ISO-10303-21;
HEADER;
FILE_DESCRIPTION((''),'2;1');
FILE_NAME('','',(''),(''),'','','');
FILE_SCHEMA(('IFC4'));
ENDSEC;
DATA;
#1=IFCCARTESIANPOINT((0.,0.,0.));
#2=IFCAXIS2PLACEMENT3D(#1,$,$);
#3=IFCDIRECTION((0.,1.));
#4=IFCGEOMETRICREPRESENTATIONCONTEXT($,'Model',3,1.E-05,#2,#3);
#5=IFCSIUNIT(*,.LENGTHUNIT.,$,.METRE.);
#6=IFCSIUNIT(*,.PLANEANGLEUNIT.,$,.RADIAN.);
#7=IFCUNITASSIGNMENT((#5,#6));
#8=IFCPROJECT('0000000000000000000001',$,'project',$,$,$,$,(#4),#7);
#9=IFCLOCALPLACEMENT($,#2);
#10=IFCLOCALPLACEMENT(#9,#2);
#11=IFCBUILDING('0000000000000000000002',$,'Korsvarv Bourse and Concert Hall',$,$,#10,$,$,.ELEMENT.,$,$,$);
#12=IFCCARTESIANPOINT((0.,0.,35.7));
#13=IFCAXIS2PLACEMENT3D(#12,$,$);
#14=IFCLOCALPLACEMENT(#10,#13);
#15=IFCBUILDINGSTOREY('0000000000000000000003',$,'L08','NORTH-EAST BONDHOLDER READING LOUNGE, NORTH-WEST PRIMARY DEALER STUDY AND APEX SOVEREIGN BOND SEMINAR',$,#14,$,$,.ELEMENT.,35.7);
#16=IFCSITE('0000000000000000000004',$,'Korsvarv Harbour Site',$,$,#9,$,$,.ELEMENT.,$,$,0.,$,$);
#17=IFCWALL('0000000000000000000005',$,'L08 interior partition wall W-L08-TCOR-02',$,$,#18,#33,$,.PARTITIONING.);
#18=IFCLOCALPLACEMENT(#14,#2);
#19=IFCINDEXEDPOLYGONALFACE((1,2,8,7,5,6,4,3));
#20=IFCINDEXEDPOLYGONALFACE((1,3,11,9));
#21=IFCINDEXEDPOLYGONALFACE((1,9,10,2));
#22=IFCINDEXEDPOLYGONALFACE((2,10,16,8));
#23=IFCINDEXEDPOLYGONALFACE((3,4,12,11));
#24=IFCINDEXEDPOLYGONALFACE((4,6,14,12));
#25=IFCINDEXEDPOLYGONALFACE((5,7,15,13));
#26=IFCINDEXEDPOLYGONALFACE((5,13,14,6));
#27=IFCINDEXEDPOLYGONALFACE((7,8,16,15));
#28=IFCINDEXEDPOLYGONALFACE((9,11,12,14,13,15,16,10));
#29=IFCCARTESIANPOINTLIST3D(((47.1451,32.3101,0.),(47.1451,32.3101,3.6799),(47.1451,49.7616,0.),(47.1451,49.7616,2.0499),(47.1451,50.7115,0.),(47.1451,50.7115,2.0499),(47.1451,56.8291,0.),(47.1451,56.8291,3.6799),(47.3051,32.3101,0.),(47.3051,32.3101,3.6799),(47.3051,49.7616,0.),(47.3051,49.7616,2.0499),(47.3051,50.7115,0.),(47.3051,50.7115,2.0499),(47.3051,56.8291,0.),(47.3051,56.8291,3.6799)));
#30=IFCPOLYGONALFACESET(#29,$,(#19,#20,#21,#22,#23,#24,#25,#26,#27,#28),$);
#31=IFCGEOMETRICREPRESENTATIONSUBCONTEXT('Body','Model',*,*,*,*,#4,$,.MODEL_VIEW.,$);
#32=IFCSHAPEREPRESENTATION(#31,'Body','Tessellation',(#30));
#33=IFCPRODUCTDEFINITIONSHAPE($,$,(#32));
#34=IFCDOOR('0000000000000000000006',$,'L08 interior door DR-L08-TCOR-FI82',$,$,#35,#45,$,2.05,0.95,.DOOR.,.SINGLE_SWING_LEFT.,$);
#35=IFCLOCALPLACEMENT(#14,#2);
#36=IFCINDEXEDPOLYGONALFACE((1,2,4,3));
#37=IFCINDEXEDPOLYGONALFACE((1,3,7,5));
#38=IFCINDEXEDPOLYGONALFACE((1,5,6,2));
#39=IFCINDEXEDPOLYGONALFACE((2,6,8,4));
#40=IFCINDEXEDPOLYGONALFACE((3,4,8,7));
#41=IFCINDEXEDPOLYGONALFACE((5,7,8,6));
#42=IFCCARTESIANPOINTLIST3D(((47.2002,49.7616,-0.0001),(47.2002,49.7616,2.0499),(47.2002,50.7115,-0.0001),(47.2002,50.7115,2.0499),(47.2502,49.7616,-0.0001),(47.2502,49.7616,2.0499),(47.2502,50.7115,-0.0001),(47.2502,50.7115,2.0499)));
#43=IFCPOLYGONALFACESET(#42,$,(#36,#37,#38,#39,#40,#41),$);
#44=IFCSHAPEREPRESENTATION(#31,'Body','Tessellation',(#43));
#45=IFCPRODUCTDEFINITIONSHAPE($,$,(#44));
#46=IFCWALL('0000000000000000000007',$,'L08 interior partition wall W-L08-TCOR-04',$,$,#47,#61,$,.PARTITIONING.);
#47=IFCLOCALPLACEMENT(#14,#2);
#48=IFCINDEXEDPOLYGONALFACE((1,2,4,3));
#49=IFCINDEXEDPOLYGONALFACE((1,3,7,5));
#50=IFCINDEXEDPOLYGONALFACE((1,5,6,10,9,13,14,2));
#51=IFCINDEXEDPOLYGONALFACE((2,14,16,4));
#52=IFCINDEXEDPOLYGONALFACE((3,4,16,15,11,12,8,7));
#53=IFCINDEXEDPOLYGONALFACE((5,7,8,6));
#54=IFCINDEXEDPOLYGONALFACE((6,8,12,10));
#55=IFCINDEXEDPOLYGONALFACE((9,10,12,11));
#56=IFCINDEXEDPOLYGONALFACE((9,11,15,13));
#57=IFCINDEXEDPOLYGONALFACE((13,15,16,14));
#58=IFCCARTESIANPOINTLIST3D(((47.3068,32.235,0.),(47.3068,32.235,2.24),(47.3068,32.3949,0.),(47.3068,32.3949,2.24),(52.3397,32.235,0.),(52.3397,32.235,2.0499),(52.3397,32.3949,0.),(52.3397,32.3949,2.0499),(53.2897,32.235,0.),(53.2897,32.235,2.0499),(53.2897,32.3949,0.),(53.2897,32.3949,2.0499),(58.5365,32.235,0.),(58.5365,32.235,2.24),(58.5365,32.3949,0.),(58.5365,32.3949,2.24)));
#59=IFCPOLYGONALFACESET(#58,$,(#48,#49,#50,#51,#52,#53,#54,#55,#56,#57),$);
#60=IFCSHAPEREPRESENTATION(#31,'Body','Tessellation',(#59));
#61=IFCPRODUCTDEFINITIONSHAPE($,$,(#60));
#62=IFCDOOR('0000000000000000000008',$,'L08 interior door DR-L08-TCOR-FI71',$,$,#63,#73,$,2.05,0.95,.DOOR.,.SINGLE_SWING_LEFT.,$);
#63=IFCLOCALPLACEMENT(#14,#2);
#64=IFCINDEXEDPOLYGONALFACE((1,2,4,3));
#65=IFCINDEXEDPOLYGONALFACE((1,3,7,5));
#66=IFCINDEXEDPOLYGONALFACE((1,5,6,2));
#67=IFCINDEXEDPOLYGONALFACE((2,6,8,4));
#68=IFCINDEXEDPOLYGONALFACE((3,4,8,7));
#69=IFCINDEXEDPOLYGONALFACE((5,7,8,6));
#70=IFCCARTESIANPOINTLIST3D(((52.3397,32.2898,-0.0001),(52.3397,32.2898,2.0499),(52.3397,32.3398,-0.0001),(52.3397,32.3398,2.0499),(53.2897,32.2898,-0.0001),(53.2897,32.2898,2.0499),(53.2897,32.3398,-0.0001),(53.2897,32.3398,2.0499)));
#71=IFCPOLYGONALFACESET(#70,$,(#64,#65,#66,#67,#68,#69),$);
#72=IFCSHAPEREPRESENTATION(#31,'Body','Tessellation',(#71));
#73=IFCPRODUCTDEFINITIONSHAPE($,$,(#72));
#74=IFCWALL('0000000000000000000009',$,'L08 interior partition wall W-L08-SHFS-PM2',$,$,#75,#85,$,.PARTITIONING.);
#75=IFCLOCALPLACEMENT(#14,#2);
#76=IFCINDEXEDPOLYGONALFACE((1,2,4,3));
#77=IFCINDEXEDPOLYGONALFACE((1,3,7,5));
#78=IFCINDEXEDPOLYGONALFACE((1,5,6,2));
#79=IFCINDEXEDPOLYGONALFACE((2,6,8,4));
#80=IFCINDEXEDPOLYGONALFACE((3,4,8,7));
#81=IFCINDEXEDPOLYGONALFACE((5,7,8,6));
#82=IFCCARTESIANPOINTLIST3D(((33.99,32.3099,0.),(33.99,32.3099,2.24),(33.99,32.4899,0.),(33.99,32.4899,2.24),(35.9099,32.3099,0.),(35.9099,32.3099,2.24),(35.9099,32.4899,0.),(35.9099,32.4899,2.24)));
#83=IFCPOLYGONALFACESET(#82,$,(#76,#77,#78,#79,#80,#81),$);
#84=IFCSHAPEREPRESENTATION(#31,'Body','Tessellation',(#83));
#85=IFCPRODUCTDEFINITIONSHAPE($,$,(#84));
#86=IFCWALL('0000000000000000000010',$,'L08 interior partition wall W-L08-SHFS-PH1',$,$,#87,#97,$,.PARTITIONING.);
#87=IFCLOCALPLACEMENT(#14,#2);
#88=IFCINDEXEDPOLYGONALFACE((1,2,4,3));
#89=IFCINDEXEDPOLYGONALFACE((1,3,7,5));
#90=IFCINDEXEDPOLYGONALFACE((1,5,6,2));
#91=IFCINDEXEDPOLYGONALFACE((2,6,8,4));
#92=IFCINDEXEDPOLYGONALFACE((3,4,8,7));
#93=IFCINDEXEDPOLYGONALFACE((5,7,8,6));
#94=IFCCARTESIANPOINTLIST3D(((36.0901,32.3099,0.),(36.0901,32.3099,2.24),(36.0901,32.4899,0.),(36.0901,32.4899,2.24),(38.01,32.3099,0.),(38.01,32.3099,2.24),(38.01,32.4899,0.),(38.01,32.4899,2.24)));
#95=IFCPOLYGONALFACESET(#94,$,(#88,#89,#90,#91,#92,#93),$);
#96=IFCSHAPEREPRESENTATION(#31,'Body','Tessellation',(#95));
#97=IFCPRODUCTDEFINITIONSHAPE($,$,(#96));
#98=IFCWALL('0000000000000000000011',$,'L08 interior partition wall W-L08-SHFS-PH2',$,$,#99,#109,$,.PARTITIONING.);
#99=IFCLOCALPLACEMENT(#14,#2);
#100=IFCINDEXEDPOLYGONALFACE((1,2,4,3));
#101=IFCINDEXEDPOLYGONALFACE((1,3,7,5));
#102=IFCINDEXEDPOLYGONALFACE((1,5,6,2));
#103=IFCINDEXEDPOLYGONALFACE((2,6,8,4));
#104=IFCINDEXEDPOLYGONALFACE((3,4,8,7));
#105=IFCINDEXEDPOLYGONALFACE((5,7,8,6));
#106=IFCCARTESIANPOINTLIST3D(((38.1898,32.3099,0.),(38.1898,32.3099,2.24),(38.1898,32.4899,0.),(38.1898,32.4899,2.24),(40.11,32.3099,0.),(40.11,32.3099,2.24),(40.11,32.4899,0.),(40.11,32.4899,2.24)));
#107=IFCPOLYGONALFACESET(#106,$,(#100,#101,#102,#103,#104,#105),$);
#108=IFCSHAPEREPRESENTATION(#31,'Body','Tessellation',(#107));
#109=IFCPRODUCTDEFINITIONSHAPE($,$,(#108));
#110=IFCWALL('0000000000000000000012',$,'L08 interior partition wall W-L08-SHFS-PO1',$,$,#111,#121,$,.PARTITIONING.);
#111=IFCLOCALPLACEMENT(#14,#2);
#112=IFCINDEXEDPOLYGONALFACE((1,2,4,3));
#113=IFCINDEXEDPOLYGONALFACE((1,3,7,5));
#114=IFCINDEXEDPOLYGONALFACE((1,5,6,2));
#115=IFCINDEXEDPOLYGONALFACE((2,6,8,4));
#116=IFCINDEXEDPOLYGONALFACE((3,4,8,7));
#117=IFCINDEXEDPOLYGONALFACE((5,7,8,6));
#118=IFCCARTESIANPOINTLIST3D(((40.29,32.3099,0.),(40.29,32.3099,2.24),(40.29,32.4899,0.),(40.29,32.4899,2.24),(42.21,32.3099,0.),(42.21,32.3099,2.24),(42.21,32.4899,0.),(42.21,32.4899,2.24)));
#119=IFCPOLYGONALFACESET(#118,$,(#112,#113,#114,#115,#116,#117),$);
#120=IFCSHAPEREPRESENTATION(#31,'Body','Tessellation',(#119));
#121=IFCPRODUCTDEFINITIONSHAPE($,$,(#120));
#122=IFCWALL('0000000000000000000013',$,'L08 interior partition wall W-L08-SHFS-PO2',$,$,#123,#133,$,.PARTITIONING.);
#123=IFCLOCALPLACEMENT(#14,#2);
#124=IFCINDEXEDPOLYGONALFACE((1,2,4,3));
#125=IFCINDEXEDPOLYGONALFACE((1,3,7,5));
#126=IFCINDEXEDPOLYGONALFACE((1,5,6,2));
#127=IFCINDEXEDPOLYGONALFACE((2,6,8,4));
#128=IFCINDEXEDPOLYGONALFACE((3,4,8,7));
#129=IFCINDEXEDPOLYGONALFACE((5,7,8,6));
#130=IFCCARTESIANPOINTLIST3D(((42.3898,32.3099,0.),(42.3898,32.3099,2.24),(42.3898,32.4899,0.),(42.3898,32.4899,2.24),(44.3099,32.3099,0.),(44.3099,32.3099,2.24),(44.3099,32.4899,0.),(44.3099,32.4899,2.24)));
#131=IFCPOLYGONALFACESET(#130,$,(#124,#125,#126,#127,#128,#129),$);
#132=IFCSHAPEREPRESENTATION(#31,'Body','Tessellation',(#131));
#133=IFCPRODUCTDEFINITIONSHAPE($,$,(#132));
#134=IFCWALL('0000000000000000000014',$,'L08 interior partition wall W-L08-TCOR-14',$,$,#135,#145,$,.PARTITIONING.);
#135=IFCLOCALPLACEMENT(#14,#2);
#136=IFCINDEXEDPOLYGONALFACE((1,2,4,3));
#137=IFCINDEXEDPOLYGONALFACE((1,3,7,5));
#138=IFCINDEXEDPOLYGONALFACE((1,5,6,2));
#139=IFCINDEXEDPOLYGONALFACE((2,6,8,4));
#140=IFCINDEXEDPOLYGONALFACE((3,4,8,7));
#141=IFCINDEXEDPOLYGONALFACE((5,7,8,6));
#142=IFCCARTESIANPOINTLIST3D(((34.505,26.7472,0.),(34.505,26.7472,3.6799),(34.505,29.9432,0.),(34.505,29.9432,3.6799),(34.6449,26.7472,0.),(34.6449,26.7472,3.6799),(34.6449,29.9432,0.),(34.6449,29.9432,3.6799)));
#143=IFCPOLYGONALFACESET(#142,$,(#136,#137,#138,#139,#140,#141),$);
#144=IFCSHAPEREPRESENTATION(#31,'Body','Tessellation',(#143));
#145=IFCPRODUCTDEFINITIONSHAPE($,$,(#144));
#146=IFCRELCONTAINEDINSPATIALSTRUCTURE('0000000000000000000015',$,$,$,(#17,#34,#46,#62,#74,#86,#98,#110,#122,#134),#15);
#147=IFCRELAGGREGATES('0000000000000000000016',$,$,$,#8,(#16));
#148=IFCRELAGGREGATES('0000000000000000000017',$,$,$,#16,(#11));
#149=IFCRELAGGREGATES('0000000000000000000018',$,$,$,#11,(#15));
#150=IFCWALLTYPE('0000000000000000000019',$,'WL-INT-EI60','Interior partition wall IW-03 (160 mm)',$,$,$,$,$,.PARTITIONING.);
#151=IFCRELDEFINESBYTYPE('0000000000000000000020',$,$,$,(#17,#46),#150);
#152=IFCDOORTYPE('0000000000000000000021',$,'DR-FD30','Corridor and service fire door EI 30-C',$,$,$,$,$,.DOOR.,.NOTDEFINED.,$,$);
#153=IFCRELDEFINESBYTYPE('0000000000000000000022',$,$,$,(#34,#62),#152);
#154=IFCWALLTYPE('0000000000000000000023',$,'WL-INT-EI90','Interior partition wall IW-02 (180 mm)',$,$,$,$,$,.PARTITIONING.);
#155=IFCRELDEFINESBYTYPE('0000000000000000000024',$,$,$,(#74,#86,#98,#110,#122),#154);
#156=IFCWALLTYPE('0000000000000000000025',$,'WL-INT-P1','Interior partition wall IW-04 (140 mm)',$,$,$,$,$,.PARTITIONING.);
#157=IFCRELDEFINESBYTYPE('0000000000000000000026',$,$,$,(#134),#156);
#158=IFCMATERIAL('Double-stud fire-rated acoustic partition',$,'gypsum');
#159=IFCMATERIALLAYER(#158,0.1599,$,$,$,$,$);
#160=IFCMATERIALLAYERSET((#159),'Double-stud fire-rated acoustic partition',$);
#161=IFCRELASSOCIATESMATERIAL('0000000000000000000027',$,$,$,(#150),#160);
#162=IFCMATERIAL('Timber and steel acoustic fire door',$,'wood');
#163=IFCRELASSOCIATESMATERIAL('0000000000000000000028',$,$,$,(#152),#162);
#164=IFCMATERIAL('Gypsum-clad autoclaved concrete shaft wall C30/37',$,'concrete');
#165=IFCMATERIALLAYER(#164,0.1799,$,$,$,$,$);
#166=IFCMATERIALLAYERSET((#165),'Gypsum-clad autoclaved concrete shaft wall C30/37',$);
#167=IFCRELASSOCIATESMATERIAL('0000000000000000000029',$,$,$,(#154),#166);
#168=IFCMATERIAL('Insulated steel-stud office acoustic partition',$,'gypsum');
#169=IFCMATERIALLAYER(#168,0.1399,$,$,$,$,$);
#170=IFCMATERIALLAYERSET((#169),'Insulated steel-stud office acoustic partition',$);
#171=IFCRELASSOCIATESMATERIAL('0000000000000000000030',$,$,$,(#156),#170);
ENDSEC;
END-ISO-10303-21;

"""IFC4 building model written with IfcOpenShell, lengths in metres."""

from ifc_helpers import new_model, si_unit, direction, frame, frame_2d, origin, place, context, subcontext, project, spatial, rectangle, extrude, material, layer, layer_set, type_object, element, fill, save


model = new_model("IFC4")

# Units and contexts
model_context = context("Model", 3, precision=1e-05, world=origin(), true_north=direction((0.0, 1.0)))
body_context = subcontext(model_context, "Body", "Model", "MODEL_VIEW")
ifc_project = project(units=[si_unit("LENGTHUNIT", "METRE"), si_unit("PLANEANGLEUNIT", "RADIAN")], contexts=[model_context])

# Site, building, storey
site_placement = place(None, origin())
site = spatial("IfcSite", under=ifc_project, at=site_placement, Name="Korsvarv Harbour Site", CompositionType="ELEMENT", RefElevation=0.0)
building_placement = place(site_placement, origin())
building = spatial("IfcBuilding", under=site, at=building_placement, Name="Korsvarv Bourse and Concert Hall", CompositionType="ELEMENT")
storey_placement = place(building_placement, frame((0.0, 0.0, 35.7)))
storey = spatial("IfcBuildingStorey", under=building, at=storey_placement, Name="L08", Description="NORTH-EAST BONDHOLDER READING LOUNGE, NORTH-WEST PRIMARY DEALER STUDY AND APEX SOVEREIGN BOND SEMINAR", CompositionType="ELEMENT", Elevation=35.7)

# Walls, openings, doors
ifc_material_1 = material(Name="Double-stud fire-rated acoustic partition", Category="gypsum")
ifc_layer_1 = layer(ifc_material_1, 0.1599)
ifc_layer_set_1 = layer_set([ifc_layer_1], Name="Double-stud fire-rated acoustic partition")
wall_type_1 = type_object("IfcWallType", Name="WL-INT-EI60", Description="Interior partition wall IW-03 (160 mm)", PredefinedType="PARTITIONING", material=ifc_layer_set_1)
wall_1_placement = place(storey_placement, frame((47.2251, 32.3101, 0.0), z_axis=(0.0, 0.0, 1.0), x_axis=(0.0, 1.0, 0.0)))
wall_1 = element("IfcWall", 1, at=wall_1_placement, inside=storey, type_object=wall_type_1, Name="L08 interior partition wall W-L08-TCOR-02", PredefinedType="PARTITIONING", context=body_context, shape_type="SweptSolid", body=[
    extrude(rectangle(XDim=24.519, YDim=0.1599, at=frame_2d((12.2595, 0.0))), origin(), (0.0, 0.0, 1.0), 3.6799),
])
opening_1_placement = place(wall_1_placement, frame((17.4514, 0.0, 0.0)))
opening_1 = element("IfcOpeningElement", 2, at=opening_1_placement, cuts=wall_1, PredefinedType="OPENING", context=body_context, shape_type="SweptSolid", body=[
    extrude(rectangle(XDim=0.95, YDim=2.05, at=frame_2d((0.4751, 1.0249))), frame((0.0, 0.0898, 0.0), z_axis=(0.0, -1.0, 0.0), x_axis=(1.0, 0.0, 0.0)), (0.0, 0.0, 1.0), 0.1799),
])
ifc_material_2 = material(Name="Timber and steel acoustic fire door", Category="wood")
door_type = type_object("IfcDoorType", Name="DR-FD30", Description="Corridor and service fire door EI 30-C", OperationType="NOTDEFINED", PredefinedType="DOOR", material=ifc_material_2)
door_1_placement = place(opening_1_placement, origin())
door_1 = element("IfcDoor", 3, at=door_1_placement, inside=storey, type_object=door_type, Name="L08 interior door DR-L08-TCOR-FI82", OperationType="SINGLE_SWING_LEFT", OverallHeight=2.05, OverallWidth=0.95, PredefinedType="DOOR", context=body_context, shape_type="SweptSolid", body=[
    extrude(rectangle(XDim=0.95, YDim=2.05, at=frame_2d((0.4751, 1.0249))), frame((0.0, 0.0249, 0.0), z_axis=(0.0, -1.0, 0.0), x_axis=(1.0, 0.0, 0.0)), (0.0, 0.0, 1.0), 0.05),
])
fill(opening_1, door_1)
wall_2_placement = place(storey_placement, frame((47.3069, 32.3149, 0.0), z_axis=(0.0, 0.0, 1.0), x_axis=(1.0, 0.0, 0.0)))
wall_2 = element("IfcWall", 4, at=wall_2_placement, inside=storey, type_object=wall_type_1, Name="L08 interior partition wall W-L08-TCOR-04", PredefinedType="PARTITIONING", context=body_context, shape_type="SweptSolid", body=[
    extrude(rectangle(XDim=11.2297, YDim=0.1599, at=frame_2d((5.6147, 0.0))), origin(), (0.0, 0.0, 1.0), 2.24),
])
opening_2_placement = place(wall_2_placement, frame((5.0327, 0.0, 0.0)))
opening_2 = element("IfcOpeningElement", 5, at=opening_2_placement, cuts=wall_2, PredefinedType="OPENING", context=body_context, shape_type="SweptSolid", body=[
    extrude(rectangle(XDim=0.95, YDim=2.05, at=frame_2d((0.4751, 1.0249))), frame((0.0, 0.0898, 0.0), z_axis=(0.0, -1.0, 0.0), x_axis=(1.0, 0.0, 0.0)), (0.0, 0.0, 1.0), 0.1799),
])
door_2_placement = place(opening_2_placement, origin())
door_2 = element("IfcDoor", 6, at=door_2_placement, inside=storey, type_object=door_type, Name="L08 interior door DR-L08-TCOR-FI71", OperationType="SINGLE_SWING_LEFT", OverallHeight=2.05, OverallWidth=0.95, PredefinedType="DOOR", context=body_context, shape_type="SweptSolid", body=[
    extrude(rectangle(XDim=0.95, YDim=2.05, at=frame_2d((0.4751, 1.0249))), frame((0.0, 0.0249, 0.0), z_axis=(0.0, -1.0, 0.0), x_axis=(1.0, 0.0, 0.0)), (0.0, 0.0, 1.0), 0.05),
])
fill(opening_2, door_2)

# Walls
ifc_material_3 = material(Name="Gypsum-clad autoclaved concrete shaft wall C30/37", Category="concrete")
ifc_layer_2 = layer(ifc_material_3, 0.1799)
ifc_layer_set_2 = layer_set([ifc_layer_2], Name="Gypsum-clad autoclaved concrete shaft wall C30/37")
wall_type_2 = type_object("IfcWallType", Name="WL-INT-EI90", Description="Interior partition wall IW-02 (180 mm)", PredefinedType="PARTITIONING", material=ifc_layer_set_2)
for number, where, z_axis, x_axis, name in (
    (7, (33.99, 32.3999, 0.0), (0.0, 0.0, 1.0), (1.0, 0.0, 0.0), "L08 interior partition wall W-L08-SHFS-PM2"),
    (8, (36.0901, 32.3999, 0.0), (0.0, 0.0, 1.0), (1.0, 0.0, 0.0), "L08 interior partition wall W-L08-SHFS-PH1"),
):
    element("IfcWall", number, at=place(storey_placement, frame(where, z_axis=z_axis, x_axis=x_axis)), inside=storey, type_object=wall_type_2, Name=name, PredefinedType="PARTITIONING", context=body_context, shape_type="SweptSolid", body=[
        extrude(rectangle(XDim=1.9199, YDim=0.1799, at=frame_2d((0.96, 0.0))), origin(), (0.0, 0.0, 1.0), 2.24),
    ])
wall_3_placement = place(storey_placement, frame((38.1899, 32.3999, 0.0), z_axis=(0.0, 0.0, 1.0), x_axis=(1.0, 0.0, 0.0)))
element("IfcWall", 9, at=wall_3_placement, inside=storey, type_object=wall_type_2, Name="L08 interior partition wall W-L08-SHFS-PH2", PredefinedType="PARTITIONING", context=body_context, shape_type="SweptSolid", body=[
    extrude(rectangle(XDim=1.9202, YDim=0.1799, at=frame_2d((0.96, 0.0))), origin(), (0.0, 0.0, 1.0), 2.24),
])
wall_4_placement = place(storey_placement, frame((40.29, 32.3999, 0.0), z_axis=(0.0, 0.0, 1.0), x_axis=(1.0, 0.0, 0.0)))
element("IfcWall", 10, at=wall_4_placement, inside=storey, type_object=wall_type_2, Name="L08 interior partition wall W-L08-SHFS-PO1", PredefinedType="PARTITIONING", context=body_context, shape_type="SweptSolid", body=[
    extrude(rectangle(XDim=1.9199, YDim=0.1799, at=frame_2d((0.96, 0.0))), origin(), (0.0, 0.0, 1.0), 2.24),
])
wall_5_placement = place(storey_placement, frame((42.3899, 32.3999, 0.0), z_axis=(0.0, 0.0, 1.0), x_axis=(1.0, 0.0, 0.0)))
element("IfcWall", 11, at=wall_5_placement, inside=storey, type_object=wall_type_2, Name="L08 interior partition wall W-L08-SHFS-PO2", PredefinedType="PARTITIONING", context=body_context, shape_type="SweptSolid", body=[
    extrude(rectangle(XDim=1.9202, YDim=0.1799, at=frame_2d((0.96, 0.0))), origin(), (0.0, 0.0, 1.0), 2.24),
])
ifc_material_4 = material(Name="Insulated steel-stud office acoustic partition", Category="gypsum")
ifc_layer_3 = layer(ifc_material_4, 0.1399)
ifc_layer_set_3 = layer_set([ifc_layer_3], Name="Insulated steel-stud office acoustic partition")
wall_type_3 = type_object("IfcWallType", Name="WL-INT-P1", Description="Interior partition wall IW-04 (140 mm)", PredefinedType="PARTITIONING", material=ifc_layer_set_3)
wall_6_placement = place(storey_placement, frame((34.575, 26.7471, 0.0), z_axis=(0.0, 0.0, 1.0), x_axis=(0.0, 1.0, 0.0)))
element("IfcWall", 12, at=wall_6_placement, inside=storey, type_object=wall_type_3, Name="L08 interior partition wall W-L08-TCOR-14", PredefinedType="PARTITIONING", context=body_context, shape_type="SweptSolid", body=[
    extrude(rectangle(XDim=3.196, YDim=0.1399, at=frame_2d((1.5981, 0.0))), origin(), (0.0, 0.0, 1.0), 3.6799),
])

save(model, "model.ifc")
